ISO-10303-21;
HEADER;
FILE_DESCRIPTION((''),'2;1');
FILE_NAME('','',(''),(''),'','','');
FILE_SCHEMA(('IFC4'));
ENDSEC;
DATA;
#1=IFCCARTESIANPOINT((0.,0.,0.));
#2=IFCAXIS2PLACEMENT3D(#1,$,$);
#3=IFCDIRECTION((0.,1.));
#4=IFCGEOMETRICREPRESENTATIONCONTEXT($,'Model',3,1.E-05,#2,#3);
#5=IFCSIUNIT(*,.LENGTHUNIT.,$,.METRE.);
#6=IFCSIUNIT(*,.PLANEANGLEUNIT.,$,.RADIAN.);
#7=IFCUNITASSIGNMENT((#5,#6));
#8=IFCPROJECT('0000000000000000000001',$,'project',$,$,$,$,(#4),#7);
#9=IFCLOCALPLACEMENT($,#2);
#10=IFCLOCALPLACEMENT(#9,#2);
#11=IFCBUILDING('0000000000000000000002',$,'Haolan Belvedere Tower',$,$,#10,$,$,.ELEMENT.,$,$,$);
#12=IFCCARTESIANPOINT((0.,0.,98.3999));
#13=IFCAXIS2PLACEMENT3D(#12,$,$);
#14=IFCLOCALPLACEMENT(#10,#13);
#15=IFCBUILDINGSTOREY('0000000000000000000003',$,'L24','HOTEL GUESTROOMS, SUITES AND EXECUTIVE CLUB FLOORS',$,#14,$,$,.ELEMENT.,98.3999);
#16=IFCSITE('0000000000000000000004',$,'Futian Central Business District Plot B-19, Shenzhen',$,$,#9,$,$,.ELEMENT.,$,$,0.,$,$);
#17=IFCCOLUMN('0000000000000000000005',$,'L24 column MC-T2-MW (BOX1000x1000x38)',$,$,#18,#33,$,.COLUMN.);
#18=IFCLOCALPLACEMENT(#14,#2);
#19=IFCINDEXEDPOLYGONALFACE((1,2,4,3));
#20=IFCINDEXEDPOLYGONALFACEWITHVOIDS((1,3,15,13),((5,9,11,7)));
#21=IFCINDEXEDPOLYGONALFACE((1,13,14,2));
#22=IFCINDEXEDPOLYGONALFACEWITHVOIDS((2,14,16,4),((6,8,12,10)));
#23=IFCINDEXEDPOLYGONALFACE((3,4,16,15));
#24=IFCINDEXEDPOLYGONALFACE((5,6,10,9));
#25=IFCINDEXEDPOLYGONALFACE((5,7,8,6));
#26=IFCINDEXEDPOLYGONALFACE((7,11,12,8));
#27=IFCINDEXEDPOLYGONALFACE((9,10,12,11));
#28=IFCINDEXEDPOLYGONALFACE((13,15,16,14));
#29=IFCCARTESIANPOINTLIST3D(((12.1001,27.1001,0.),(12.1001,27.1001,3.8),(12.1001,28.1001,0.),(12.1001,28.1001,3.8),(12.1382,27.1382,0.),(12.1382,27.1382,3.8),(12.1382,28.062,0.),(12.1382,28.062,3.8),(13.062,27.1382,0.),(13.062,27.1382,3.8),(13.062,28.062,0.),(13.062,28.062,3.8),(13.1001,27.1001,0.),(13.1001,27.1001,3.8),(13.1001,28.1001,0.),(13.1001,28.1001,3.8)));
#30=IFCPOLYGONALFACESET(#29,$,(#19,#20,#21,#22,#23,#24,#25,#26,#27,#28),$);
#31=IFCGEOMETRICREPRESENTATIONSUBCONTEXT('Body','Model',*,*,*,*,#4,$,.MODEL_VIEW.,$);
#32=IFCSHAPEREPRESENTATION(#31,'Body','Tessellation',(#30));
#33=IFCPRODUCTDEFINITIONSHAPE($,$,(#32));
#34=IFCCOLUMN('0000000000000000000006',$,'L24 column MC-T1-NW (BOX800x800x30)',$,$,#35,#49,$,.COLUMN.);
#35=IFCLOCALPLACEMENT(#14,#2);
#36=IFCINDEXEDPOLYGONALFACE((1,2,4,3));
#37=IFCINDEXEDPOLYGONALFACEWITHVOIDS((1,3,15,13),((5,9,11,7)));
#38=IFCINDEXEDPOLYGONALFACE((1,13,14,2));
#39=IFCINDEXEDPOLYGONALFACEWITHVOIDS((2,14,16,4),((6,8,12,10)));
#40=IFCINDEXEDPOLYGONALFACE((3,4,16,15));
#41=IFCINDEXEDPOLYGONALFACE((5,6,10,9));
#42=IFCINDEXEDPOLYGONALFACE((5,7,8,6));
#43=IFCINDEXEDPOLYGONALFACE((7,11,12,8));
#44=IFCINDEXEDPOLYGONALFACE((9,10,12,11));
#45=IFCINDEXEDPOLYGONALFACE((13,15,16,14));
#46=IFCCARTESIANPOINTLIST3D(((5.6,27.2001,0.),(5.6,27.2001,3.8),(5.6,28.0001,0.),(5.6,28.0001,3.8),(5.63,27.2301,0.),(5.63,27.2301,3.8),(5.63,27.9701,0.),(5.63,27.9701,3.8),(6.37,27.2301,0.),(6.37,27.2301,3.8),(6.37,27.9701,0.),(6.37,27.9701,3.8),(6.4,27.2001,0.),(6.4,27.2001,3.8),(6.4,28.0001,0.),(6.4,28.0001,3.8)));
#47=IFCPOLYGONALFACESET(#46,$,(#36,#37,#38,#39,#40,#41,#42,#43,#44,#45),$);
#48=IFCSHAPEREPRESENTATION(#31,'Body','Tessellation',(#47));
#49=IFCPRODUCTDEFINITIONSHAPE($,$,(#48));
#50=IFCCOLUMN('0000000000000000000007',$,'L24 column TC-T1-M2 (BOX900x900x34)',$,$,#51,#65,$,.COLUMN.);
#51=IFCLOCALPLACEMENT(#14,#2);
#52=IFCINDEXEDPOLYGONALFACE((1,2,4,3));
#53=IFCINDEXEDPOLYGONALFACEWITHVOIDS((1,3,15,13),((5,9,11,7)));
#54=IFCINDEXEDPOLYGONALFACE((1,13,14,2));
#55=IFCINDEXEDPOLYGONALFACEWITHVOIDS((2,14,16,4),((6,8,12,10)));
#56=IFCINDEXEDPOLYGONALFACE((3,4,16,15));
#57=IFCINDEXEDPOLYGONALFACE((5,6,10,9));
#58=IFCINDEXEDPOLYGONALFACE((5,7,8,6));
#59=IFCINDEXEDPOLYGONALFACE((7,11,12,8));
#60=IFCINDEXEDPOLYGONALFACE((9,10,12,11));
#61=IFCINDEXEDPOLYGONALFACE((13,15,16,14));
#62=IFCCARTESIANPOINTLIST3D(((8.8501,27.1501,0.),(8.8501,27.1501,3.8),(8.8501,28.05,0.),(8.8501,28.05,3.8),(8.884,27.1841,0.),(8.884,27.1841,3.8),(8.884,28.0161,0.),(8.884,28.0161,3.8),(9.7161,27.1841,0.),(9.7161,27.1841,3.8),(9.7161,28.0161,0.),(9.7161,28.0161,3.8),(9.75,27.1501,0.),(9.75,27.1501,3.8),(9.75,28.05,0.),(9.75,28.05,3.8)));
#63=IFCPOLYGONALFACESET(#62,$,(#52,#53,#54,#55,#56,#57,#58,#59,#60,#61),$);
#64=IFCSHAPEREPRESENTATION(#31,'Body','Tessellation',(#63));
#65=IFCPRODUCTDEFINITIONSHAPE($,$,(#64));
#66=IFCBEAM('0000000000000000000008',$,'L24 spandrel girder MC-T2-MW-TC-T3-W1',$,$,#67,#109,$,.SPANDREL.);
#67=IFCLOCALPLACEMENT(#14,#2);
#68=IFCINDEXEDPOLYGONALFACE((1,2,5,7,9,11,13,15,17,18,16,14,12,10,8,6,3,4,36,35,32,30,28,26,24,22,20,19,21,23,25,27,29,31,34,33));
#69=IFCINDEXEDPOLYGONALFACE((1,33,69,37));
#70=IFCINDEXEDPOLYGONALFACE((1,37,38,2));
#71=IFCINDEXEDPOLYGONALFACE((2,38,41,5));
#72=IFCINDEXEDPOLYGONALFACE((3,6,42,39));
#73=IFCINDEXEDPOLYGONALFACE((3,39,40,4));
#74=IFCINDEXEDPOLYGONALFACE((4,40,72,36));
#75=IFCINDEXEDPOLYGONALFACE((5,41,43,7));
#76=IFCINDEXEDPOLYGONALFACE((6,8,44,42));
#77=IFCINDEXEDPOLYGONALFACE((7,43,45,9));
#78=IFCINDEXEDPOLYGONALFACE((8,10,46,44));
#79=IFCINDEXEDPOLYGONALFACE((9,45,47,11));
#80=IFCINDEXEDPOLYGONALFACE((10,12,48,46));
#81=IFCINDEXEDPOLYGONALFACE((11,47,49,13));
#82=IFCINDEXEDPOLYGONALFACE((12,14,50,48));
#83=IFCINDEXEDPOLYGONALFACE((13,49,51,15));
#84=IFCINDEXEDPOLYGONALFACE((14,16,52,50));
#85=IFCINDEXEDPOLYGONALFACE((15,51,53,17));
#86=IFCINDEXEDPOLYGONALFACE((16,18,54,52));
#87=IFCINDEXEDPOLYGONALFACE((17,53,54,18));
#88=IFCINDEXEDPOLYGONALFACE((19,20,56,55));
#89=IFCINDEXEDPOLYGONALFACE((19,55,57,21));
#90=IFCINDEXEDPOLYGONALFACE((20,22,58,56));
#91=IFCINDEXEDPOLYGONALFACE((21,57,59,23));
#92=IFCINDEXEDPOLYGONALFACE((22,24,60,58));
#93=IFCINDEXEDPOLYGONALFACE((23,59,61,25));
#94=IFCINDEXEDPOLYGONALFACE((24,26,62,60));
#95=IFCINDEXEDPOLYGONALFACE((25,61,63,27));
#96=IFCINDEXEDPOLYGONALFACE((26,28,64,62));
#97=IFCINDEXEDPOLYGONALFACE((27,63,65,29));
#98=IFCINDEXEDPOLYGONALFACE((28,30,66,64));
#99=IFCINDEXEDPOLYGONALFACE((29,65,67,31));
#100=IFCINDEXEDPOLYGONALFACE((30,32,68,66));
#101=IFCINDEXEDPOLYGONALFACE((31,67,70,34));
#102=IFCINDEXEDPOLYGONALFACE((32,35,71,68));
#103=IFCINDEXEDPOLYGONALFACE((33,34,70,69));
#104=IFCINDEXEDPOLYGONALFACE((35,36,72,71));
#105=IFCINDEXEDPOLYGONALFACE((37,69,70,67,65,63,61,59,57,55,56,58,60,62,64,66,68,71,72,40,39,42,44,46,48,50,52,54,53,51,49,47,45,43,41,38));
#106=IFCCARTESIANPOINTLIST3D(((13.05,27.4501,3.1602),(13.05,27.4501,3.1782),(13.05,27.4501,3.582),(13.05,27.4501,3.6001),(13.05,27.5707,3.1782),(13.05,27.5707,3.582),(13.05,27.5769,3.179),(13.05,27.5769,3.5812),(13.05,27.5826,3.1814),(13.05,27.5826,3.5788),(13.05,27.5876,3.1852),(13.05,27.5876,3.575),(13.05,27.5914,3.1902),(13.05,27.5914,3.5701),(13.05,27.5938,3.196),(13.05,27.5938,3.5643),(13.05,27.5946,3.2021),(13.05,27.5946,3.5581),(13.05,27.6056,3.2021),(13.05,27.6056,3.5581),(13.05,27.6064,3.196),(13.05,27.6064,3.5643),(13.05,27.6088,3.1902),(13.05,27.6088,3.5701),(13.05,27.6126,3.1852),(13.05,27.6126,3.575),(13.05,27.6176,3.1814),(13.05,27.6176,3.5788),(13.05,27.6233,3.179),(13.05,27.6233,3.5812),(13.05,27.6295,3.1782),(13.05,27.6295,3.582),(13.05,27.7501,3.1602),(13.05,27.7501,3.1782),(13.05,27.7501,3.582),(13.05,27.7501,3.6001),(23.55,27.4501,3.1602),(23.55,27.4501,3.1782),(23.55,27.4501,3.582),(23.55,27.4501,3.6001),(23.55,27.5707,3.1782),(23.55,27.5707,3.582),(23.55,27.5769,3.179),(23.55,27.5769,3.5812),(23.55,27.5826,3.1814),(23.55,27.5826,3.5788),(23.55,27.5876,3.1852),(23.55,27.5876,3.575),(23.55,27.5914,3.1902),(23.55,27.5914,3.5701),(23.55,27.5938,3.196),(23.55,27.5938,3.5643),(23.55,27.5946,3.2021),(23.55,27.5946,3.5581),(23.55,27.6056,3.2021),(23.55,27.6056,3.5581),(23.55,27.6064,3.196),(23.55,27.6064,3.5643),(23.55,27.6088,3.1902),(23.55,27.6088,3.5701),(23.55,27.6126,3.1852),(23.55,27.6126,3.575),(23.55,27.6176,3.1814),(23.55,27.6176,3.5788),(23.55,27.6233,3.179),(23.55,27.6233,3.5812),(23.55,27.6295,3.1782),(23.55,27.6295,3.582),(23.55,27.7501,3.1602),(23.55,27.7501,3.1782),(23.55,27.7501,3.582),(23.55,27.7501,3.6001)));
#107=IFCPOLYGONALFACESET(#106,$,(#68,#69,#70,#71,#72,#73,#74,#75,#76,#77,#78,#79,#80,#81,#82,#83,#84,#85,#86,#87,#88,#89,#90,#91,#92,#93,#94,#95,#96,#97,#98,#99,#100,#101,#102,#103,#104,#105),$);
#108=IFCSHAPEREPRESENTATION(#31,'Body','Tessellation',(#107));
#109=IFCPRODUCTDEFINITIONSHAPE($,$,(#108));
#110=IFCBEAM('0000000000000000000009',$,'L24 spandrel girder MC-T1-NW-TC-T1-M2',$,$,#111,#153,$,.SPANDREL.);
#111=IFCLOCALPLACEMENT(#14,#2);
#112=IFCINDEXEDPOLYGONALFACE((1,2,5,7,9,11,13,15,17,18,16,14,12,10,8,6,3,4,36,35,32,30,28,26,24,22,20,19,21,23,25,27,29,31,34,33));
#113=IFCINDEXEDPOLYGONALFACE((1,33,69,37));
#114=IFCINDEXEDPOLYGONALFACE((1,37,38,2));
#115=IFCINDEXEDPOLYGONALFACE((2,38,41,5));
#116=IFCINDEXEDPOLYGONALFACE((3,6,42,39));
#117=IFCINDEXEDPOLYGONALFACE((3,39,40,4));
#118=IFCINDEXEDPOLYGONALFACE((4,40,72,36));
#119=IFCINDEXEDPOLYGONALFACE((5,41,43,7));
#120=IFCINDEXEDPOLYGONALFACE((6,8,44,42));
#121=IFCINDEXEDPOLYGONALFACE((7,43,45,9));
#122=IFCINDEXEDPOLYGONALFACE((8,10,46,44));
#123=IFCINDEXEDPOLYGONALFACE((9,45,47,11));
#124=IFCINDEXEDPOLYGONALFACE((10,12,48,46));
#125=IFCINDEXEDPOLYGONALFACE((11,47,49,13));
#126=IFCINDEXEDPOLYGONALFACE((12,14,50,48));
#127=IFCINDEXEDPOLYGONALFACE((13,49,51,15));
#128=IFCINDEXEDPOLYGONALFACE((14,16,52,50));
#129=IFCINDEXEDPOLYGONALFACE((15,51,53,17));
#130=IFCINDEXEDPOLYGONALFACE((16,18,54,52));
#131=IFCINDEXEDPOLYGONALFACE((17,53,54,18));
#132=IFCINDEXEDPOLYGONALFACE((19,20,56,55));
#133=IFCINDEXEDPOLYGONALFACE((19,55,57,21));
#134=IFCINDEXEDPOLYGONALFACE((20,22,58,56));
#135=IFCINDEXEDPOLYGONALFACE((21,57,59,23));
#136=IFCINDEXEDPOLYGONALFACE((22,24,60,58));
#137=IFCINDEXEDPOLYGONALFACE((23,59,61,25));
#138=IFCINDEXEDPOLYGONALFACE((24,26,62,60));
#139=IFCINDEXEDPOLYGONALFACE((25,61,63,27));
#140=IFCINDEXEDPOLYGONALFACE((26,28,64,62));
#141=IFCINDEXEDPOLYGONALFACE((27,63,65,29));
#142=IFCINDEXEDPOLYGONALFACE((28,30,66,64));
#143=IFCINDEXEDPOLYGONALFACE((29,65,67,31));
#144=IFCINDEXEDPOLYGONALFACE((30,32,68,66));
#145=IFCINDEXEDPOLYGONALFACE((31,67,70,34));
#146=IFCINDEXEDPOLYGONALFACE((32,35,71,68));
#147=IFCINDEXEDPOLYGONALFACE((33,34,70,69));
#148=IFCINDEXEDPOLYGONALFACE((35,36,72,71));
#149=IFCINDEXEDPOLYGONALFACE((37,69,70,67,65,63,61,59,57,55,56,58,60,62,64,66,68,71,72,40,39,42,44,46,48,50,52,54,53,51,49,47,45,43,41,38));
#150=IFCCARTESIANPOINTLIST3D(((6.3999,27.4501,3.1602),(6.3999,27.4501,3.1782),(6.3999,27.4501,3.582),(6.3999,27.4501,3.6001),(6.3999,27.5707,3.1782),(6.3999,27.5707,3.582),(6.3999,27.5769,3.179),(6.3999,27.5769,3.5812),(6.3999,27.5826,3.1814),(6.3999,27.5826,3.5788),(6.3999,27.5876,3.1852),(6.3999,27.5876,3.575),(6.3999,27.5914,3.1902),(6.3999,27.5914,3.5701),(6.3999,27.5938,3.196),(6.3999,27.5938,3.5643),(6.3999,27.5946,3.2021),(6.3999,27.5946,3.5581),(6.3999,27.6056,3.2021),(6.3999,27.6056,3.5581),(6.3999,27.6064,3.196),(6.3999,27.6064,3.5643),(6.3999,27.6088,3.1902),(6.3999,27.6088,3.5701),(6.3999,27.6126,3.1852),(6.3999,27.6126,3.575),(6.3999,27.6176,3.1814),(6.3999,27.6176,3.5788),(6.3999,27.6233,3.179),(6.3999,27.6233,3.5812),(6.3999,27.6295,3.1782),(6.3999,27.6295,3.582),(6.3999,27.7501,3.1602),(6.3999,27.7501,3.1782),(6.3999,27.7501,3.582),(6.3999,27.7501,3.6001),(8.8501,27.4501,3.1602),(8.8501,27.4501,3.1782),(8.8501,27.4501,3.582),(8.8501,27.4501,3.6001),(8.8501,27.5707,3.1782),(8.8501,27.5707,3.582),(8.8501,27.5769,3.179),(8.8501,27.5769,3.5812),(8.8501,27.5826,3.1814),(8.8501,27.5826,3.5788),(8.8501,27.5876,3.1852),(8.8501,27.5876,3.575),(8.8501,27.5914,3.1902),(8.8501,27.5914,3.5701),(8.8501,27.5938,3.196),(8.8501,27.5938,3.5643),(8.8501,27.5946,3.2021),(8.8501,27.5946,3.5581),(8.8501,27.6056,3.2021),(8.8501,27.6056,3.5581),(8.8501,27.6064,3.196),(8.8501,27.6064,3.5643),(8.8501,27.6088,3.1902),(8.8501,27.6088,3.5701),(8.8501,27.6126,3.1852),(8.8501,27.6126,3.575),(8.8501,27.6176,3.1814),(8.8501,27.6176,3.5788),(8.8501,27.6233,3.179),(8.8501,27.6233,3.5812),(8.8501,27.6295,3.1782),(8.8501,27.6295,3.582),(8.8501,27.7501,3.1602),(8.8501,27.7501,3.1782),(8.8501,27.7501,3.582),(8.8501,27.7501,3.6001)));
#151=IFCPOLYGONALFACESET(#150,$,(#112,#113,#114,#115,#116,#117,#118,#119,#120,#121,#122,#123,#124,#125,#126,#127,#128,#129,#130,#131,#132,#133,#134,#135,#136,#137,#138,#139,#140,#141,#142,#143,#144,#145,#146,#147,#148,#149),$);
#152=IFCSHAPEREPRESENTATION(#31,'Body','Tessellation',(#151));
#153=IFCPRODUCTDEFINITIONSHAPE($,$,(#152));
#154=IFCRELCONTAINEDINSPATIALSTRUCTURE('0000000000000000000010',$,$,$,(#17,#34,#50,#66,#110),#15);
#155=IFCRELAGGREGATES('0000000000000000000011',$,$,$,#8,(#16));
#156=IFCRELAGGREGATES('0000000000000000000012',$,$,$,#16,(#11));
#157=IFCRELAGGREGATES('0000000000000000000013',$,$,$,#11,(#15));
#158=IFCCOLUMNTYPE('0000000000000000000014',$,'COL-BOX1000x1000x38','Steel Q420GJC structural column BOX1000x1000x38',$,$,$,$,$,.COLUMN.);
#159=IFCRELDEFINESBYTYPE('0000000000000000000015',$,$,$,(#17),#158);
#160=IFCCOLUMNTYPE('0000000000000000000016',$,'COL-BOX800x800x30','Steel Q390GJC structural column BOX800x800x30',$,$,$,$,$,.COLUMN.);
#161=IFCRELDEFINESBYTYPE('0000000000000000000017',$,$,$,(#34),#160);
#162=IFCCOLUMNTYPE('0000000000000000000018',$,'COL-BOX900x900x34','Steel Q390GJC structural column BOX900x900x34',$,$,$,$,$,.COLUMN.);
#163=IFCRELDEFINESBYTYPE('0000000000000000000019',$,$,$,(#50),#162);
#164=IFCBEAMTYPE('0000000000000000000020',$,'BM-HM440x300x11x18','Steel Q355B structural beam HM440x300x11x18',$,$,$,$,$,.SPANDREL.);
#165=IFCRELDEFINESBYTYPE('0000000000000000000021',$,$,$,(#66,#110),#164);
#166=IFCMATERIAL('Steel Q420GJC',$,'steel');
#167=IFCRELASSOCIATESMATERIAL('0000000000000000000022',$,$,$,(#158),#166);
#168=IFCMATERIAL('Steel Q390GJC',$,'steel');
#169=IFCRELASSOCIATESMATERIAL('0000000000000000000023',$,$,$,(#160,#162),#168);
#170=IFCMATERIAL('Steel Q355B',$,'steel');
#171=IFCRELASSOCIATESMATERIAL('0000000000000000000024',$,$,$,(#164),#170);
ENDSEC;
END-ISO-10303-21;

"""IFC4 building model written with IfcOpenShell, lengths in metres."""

from ifc_helpers import new_model, si_unit, direction, frame, origin, origin_2d, place, context, subcontext, project, spatial, hollow_rectangle, i_section, extrude, material, material_profile, profile_set, type_object, element, save


model = new_model("IFC4")

# Units and contexts
model_context = context("Model", 3, precision=1e-05, world=origin(), true_north=direction((0.0, 1.0)))
body_context = subcontext(model_context, "Body", "Model", "MODEL_VIEW")
ifc_project = project(units=[si_unit("LENGTHUNIT", "METRE"), si_unit("PLANEANGLEUNIT", "RADIAN")], contexts=[model_context])

# Site, building, storey
site_placement = place(None, origin())
site = spatial("IfcSite", under=ifc_project, at=site_placement, Name="Futian Central Business District Plot B-19, Shenzhen", CompositionType="ELEMENT", RefElevation=0.0)
building_placement = place(site_placement, origin())
building = spatial("IfcBuilding", under=site, at=building_placement, Name="Haolan Belvedere Tower", CompositionType="ELEMENT")
storey_placement = place(building_placement, frame((0.0, 0.0, 98.3999)))
storey = spatial("IfcBuildingStorey", under=building, at=storey_placement, Name="L24", Description="HOTEL GUESTROOMS, SUITES AND EXECUTIVE CLUB FLOORS", CompositionType="ELEMENT", Elevation=98.3999)

# Columns
ifc_material_1 = material(Name="Steel Q420GJC", Category="steel")
ifc_material_profile_1 = material_profile(ifc_material_1, hollow_rectangle(XDim=1.0, YDim=1.0, WallThickness=0.0381, at=origin_2d()), Name="Steel Q420GJC")
ifc_profile_set_1 = profile_set([ifc_material_profile_1], Name="Steel Q420GJC")
column_type_1 = type_object("IfcColumnType", Name="COL-BOX1000x1000x38", Description="Steel Q420GJC structural column BOX1000x1000x38", PredefinedType="COLUMN", material=ifc_profile_set_1)
column_1_placement = place(storey_placement, frame((12.6001, 27.6001, 0.0), z_axis=(0.0, 0.0, 1.0), x_axis=(1.0, 0.0, 0.0)))
element("IfcColumn", 1, at=column_1_placement, inside=storey, type_object=column_type_1, Name="L24 column MC-T2-MW (BOX1000x1000x38)", PredefinedType="COLUMN", context=body_context, shape_type="SweptSolid", body=[
    extrude(hollow_rectangle(XDim=1.0, YDim=1.0, WallThickness=0.0381, at=origin_2d()), origin(), (0.0, 0.0, 1.0), 3.8),
])
ifc_material_2 = material(Name="Steel Q390GJC", Category="steel")
ifc_material_profile_2 = material_profile(ifc_material_2, hollow_rectangle(XDim=0.8, YDim=0.8, WallThickness=0.03, at=origin_2d()), Name="Steel Q390GJC")
ifc_profile_set_2 = profile_set([ifc_material_profile_2], Name="Steel Q390GJC")
column_type_2 = type_object("IfcColumnType", Name="COL-BOX800x800x30", Description="Steel Q390GJC structural column BOX800x800x30", PredefinedType="COLUMN", material=ifc_profile_set_2)
column_2_placement = place(storey_placement, frame((6.0, 27.6001, 0.0), z_axis=(0.0, 0.0, 1.0), x_axis=(1.0, 0.0, 0.0)))
element("IfcColumn", 2, at=column_2_placement, inside=storey, type_object=column_type_2, Name="L24 column MC-T1-NW (BOX800x800x30)", PredefinedType="COLUMN", context=body_context, shape_type="SweptSolid", body=[
    extrude(hollow_rectangle(XDim=0.8, YDim=0.8, WallThickness=0.03, at=origin_2d()), origin(), (0.0, 0.0, 1.0), 3.8),
])
ifc_material_profile_3 = material_profile(ifc_material_2, hollow_rectangle(XDim=0.8999, YDim=0.8999, WallThickness=0.0339, at=origin_2d()), Name="Steel Q390GJC")
ifc_profile_set_3 = profile_set([ifc_material_profile_3], Name="Steel Q390GJC")
column_type_3 = type_object("IfcColumnType", Name="COL-BOX900x900x34", Description="Steel Q390GJC structural column BOX900x900x34", PredefinedType="COLUMN", material=ifc_profile_set_3)
column_3_placement = place(storey_placement, frame((9.3, 27.6001, 0.0), z_axis=(0.0, 0.0, 1.0), x_axis=(1.0, 0.0, 0.0)))
element("IfcColumn", 3, at=column_3_placement, inside=storey, type_object=column_type_3, Name="L24 column TC-T1-M2 (BOX900x900x34)", PredefinedType="COLUMN", context=body_context, shape_type="SweptSolid", body=[
    extrude(hollow_rectangle(XDim=0.8999, YDim=0.8999, WallThickness=0.0339, at=origin_2d()), origin(), (0.0, 0.0, 1.0), 3.8),
])

# Beams
ifc_material_3 = material(Name="Steel Q355B", Category="steel")
ifc_material_profile_4 = material_profile(ifc_material_3, i_section(OverallWidth=0.3, OverallDepth=0.4399, WebThickness=0.011, FlangeThickness=0.0181, FilletRadius=0.0239, at=origin_2d()), Name="Steel Q355B")
ifc_profile_set_4 = profile_set([ifc_material_profile_4], Name="Steel Q355B")
beam_type = type_object("IfcBeamType", Name="BM-HM440x300x11x18", Description="Steel Q355B structural beam HM440x300x11x18", PredefinedType="SPANDREL", material=ifc_profile_set_4)
beam_1_placement = place(storey_placement, frame((13.05, 27.6001, 3.3801), z_axis=(1.0, 0.0, 0.0), x_axis=(0.0, 1.0, 0.0)))
element("IfcBeam", 4, at=beam_1_placement, inside=storey, type_object=beam_type, Name="L24 spandrel girder MC-T2-MW-TC-T3-W1", PredefinedType="SPANDREL", context=body_context, shape_type="SweptSolid", body=[
    extrude(i_section(OverallWidth=0.3, OverallDepth=0.4399, WebThickness=0.011, FlangeThickness=0.0181, FilletRadius=0.0239, at=origin_2d()), origin(), (0.0, 0.0, 1.0), 10.5),
])
beam_2_placement = place(storey_placement, frame((6.3999, 27.6001, 3.3801), z_axis=(1.0, 0.0, 0.0), x_axis=(0.0, 1.0, 0.0)))
element("IfcBeam", 5, at=beam_2_placement, inside=storey, type_object=beam_type, Name="L24 spandrel girder MC-T1-NW-TC-T1-M2", PredefinedType="SPANDREL", context=body_context, shape_type="SweptSolid", body=[
    extrude(i_section(OverallWidth=0.3, OverallDepth=0.4399, WebThickness=0.011, FlangeThickness=0.0181, FilletRadius=0.0239, at=origin_2d()), origin(), (0.0, 0.0, 1.0), 2.4502),
])

save(model, "model.ifc")
